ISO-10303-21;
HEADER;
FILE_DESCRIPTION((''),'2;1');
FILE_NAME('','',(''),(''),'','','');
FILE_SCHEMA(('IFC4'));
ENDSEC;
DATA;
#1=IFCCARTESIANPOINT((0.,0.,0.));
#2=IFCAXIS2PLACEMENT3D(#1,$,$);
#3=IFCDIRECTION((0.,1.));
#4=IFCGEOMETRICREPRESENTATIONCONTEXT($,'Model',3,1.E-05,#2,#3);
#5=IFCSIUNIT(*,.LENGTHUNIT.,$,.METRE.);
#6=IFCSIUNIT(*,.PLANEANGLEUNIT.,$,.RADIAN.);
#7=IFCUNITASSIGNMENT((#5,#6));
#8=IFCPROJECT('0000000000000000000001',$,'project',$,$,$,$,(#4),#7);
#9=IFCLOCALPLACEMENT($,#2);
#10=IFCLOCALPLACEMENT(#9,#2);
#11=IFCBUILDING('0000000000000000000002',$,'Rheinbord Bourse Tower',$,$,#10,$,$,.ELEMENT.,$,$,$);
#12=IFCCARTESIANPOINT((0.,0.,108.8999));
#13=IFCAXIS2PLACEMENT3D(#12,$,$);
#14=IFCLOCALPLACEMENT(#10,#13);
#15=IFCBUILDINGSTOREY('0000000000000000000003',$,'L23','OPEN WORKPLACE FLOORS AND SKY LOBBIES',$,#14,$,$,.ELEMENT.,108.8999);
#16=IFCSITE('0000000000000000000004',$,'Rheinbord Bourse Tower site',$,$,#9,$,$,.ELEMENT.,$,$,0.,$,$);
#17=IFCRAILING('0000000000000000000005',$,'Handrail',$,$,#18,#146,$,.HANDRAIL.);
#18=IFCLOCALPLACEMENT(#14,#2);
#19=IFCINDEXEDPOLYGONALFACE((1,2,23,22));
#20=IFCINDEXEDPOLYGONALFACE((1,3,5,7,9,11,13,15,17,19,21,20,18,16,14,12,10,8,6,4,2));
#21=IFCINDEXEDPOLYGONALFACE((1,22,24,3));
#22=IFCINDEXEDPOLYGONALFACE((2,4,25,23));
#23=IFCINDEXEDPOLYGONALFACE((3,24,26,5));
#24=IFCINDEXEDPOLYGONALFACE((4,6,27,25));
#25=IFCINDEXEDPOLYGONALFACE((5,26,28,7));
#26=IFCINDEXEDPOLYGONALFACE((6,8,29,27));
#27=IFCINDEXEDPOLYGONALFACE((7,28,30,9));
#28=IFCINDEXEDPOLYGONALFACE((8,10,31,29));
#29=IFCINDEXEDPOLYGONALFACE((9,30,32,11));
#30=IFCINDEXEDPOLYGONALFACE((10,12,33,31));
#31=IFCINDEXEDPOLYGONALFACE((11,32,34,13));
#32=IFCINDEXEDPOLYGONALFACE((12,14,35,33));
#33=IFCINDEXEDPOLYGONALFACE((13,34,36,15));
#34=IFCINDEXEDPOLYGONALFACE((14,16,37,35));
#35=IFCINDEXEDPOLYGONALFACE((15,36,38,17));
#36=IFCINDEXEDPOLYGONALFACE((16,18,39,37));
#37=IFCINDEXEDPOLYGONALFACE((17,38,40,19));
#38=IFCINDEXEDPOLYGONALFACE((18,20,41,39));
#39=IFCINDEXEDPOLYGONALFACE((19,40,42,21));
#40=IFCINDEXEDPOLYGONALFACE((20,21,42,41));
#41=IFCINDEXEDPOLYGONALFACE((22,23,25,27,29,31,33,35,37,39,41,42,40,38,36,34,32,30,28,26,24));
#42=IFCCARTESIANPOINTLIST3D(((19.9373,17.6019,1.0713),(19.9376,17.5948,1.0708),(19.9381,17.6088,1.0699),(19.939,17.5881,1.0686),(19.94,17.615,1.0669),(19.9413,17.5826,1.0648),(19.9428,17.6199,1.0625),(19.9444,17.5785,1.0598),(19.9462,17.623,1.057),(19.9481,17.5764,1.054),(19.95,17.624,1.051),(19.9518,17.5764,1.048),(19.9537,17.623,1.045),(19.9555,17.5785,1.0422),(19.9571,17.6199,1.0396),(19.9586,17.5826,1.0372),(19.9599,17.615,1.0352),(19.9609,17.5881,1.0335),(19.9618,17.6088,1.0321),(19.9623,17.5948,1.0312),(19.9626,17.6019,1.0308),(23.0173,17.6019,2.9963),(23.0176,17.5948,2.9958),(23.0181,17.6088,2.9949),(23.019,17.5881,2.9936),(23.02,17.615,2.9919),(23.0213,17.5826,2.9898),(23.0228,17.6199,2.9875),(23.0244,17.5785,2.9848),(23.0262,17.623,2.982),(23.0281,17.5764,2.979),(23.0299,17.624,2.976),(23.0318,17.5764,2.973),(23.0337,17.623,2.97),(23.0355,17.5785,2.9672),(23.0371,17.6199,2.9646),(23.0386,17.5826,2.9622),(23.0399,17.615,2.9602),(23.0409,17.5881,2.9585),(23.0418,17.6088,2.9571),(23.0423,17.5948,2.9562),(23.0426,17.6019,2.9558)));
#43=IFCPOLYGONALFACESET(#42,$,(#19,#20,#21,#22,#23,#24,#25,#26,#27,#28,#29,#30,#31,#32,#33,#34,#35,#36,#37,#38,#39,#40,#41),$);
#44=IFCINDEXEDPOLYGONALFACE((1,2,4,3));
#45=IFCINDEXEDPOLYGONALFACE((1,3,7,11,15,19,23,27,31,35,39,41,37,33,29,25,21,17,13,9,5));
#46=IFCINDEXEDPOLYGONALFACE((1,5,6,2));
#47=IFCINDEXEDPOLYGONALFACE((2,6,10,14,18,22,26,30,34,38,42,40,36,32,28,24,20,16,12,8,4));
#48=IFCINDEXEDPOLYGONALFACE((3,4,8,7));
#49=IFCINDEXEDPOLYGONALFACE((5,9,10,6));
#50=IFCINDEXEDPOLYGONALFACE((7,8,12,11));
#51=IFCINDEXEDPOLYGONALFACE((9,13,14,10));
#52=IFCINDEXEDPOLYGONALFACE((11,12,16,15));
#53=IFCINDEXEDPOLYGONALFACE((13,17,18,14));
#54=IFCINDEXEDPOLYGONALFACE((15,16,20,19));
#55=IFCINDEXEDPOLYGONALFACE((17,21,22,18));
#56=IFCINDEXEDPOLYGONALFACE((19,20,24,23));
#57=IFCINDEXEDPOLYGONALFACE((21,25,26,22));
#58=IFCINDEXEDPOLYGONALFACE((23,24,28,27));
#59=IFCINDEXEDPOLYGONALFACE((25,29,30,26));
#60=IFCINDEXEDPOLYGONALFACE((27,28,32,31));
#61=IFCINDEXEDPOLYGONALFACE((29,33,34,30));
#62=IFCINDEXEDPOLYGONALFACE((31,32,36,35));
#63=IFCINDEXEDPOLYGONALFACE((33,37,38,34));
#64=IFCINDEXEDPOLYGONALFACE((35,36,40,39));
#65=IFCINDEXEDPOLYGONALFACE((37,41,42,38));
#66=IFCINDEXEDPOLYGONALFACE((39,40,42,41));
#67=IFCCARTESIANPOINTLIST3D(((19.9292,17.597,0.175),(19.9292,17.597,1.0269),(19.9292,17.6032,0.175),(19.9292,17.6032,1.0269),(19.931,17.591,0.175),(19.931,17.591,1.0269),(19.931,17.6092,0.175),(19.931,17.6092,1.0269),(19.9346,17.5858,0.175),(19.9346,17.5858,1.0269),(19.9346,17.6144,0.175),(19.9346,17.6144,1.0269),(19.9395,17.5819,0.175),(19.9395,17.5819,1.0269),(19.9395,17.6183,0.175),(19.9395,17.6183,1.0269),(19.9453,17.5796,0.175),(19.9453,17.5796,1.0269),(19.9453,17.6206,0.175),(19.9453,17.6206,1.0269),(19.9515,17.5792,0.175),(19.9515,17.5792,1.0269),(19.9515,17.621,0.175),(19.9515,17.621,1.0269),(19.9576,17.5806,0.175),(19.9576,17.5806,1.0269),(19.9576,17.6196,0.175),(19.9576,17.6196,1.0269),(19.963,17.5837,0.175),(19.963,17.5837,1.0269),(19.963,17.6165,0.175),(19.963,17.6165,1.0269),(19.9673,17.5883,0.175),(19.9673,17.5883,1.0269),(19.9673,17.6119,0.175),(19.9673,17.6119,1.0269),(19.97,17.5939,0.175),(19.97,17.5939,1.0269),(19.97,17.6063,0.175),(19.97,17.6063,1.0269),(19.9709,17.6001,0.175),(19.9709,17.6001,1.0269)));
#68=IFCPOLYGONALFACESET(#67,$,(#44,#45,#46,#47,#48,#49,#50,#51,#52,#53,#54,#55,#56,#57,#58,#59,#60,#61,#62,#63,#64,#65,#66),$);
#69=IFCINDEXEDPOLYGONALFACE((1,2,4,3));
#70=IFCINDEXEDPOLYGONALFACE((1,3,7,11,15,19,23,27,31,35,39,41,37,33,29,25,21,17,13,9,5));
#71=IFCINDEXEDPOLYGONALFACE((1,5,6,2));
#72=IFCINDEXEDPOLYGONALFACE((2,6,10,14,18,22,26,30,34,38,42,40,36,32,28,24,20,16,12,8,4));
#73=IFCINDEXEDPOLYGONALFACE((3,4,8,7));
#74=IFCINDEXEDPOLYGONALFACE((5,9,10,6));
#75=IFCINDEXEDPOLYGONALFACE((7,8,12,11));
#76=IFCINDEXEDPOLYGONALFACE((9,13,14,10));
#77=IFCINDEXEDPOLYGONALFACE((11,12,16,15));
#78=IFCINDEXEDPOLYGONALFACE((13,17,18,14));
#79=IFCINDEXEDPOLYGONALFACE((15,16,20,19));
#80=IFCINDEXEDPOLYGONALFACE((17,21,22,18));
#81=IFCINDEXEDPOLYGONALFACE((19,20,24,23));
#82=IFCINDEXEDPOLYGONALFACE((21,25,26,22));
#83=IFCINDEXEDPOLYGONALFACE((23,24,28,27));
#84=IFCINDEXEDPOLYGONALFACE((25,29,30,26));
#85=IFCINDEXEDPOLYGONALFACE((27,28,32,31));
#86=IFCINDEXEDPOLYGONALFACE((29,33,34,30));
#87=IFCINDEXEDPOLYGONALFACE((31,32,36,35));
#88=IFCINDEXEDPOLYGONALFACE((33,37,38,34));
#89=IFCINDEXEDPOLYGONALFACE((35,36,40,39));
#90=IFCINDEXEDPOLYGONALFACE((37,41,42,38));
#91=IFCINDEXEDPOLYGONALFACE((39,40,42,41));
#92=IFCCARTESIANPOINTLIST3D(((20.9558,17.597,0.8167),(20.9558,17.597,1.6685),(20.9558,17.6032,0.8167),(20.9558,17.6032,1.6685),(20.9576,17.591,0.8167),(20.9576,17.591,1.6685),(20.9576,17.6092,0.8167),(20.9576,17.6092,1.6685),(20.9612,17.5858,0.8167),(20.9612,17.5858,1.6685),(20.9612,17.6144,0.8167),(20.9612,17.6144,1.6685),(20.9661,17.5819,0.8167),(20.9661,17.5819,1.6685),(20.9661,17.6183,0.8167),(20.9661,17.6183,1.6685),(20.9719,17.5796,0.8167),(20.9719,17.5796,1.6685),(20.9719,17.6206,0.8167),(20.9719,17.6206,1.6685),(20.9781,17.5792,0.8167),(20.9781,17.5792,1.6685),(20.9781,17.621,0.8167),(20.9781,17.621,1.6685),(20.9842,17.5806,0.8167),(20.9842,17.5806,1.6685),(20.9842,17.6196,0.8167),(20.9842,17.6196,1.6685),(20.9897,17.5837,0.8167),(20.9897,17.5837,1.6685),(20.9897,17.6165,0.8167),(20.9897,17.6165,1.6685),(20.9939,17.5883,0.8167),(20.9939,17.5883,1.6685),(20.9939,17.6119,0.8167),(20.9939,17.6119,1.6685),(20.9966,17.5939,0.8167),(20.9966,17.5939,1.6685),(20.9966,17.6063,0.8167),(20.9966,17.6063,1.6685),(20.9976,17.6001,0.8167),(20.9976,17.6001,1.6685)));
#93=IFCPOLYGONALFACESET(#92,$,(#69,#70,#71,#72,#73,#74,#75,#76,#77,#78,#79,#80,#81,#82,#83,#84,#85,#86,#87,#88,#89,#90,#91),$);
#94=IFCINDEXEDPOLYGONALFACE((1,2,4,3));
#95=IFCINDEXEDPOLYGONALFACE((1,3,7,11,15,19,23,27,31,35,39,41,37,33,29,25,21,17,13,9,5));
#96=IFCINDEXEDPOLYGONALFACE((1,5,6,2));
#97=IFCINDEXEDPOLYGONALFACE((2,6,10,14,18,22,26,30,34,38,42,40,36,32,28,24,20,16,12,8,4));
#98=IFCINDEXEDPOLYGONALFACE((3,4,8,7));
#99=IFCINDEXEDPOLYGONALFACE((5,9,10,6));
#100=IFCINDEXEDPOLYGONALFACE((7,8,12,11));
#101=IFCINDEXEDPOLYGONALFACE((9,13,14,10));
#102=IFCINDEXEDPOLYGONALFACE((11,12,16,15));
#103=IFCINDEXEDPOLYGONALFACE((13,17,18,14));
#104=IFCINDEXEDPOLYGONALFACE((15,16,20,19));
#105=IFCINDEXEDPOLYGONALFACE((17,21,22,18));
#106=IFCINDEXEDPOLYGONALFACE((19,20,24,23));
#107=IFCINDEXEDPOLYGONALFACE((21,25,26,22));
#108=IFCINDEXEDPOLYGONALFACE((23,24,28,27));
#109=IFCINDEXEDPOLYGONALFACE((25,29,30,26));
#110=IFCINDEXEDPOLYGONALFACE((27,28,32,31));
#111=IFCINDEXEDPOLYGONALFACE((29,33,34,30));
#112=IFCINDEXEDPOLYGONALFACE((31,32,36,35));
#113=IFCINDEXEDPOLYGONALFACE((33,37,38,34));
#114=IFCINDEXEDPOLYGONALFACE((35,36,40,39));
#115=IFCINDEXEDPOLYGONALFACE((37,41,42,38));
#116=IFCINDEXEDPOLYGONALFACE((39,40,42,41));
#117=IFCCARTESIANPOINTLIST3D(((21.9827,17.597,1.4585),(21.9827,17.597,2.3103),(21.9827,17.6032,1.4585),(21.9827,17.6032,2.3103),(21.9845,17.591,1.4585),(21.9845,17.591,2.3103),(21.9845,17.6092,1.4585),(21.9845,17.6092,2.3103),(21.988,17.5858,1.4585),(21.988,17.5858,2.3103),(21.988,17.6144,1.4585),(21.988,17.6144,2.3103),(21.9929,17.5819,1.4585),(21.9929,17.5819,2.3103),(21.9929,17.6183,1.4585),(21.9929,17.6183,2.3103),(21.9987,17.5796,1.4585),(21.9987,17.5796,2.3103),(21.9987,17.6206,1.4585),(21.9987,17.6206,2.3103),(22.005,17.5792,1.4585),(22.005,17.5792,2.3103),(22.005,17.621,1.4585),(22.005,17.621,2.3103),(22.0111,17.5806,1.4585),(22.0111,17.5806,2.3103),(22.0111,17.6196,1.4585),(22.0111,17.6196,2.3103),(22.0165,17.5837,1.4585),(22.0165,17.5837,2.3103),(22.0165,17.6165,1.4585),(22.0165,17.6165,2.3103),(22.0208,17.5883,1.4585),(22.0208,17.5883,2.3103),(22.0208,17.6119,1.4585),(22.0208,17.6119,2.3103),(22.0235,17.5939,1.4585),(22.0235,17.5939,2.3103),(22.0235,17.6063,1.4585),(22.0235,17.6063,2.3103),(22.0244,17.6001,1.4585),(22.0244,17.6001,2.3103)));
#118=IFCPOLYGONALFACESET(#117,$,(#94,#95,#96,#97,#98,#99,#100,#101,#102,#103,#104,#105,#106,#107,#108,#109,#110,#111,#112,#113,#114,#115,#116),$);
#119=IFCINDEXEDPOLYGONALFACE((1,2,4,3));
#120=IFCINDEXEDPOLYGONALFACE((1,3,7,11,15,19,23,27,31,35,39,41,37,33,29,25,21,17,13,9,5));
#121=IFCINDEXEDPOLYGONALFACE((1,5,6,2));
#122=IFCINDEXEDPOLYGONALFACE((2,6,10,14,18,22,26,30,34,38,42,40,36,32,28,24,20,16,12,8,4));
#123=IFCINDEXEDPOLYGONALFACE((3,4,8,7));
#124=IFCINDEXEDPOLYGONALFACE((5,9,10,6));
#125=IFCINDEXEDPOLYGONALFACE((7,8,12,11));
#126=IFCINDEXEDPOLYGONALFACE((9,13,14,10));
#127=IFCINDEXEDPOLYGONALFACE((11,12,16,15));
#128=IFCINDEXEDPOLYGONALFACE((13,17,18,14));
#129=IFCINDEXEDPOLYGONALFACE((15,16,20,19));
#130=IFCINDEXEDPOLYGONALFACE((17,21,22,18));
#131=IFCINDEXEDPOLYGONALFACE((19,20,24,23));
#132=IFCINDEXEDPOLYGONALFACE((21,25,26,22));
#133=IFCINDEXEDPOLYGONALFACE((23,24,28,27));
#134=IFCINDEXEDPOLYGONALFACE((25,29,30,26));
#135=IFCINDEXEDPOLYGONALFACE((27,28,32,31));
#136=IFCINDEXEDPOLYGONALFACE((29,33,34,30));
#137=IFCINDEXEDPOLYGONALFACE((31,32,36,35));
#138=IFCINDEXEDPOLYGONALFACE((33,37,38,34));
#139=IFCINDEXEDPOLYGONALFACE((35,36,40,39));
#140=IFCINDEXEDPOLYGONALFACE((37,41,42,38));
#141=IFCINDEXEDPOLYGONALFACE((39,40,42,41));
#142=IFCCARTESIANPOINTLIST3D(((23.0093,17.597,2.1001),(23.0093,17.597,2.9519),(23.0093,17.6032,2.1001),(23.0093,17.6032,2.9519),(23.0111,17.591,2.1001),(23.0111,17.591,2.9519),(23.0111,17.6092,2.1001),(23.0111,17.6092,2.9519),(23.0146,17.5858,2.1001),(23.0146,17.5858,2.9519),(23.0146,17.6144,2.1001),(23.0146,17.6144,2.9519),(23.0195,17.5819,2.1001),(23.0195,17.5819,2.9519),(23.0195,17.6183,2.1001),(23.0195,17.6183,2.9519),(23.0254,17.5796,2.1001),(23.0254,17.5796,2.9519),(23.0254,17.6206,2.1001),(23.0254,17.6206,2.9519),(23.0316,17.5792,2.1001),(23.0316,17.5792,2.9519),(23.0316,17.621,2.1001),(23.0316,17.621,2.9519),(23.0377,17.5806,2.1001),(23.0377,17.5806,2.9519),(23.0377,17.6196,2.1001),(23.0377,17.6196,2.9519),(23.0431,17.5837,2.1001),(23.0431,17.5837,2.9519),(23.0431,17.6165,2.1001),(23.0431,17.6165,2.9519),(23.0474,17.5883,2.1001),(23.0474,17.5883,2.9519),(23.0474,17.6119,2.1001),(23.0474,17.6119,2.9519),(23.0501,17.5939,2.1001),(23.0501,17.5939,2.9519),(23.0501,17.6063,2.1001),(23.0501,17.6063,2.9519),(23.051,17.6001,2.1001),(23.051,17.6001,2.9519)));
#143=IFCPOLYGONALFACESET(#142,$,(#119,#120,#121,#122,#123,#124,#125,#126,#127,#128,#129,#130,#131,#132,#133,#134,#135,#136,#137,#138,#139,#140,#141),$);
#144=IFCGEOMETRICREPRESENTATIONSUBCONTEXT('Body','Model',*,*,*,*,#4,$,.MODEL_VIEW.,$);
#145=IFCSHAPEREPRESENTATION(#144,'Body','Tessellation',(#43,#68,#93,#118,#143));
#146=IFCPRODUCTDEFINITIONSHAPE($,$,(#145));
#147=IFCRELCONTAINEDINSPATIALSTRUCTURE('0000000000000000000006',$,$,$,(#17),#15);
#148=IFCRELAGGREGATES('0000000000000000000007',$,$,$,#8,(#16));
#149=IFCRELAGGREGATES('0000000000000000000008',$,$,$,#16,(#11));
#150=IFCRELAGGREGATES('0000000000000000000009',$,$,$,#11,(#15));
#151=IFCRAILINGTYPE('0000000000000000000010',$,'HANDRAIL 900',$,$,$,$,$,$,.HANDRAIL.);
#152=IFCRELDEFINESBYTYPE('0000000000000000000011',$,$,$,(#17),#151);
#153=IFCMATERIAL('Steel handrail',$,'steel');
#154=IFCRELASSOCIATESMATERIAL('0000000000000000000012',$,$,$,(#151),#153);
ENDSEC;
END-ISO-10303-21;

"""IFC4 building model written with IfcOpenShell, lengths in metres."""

from ifc_helpers import new_model, si_unit, direction, frame, origin, origin_2d, place, context, subcontext, project, spatial, circle, extrude, material, type_object, element, save


model = new_model("IFC4")

# Units and contexts
model_context = context("Model", 3, precision=1e-05, world=origin(), true_north=direction((0.0, 1.0)))
body_context = subcontext(model_context, "Body", "Model", "MODEL_VIEW")
ifc_project = project(units=[si_unit("LENGTHUNIT", "METRE"), si_unit("PLANEANGLEUNIT", "RADIAN")], contexts=[model_context])

# Site, building, storey
site_placement = place(None, origin())
site = spatial("IfcSite", under=ifc_project, at=site_placement, Name="Rheinbord Bourse Tower site", CompositionType="ELEMENT", RefElevation=0.0)
building_placement = place(site_placement, origin())
building = spatial("IfcBuilding", under=site, at=building_placement, Name="Rheinbord Bourse Tower", CompositionType="ELEMENT")
storey_placement = place(building_placement, frame((0.0, 0.0, 108.8999)))
storey = spatial("IfcBuildingStorey", under=building, at=storey_placement, Name="L23", Description="OPEN WORKPLACE FLOORS AND SKY LOBBIES", CompositionType="ELEMENT", Elevation=108.8999)

# Railing
ifc_material_1 = material(Name="Steel handrail", Category="steel")
railing_type = type_object("IfcRailingType", Name="HANDRAIL 900", PredefinedType="HANDRAIL", material=ifc_material_1)
railing_1_placement = place(storey_placement, frame((19.95, 17.6001, 0.175)))
element("IfcRailing", 1, at=railing_1_placement, inside=storey, type_object=railing_type, Name="Handrail", PredefinedType="HANDRAIL", context=body_context, shape_type="SweptSolid", body=[
    extrude(circle(Radius=0.0239, at=origin_2d()), frame((0.0, 0.0, 0.876), z_axis=(0.847998, 0.0, 0.529999), x_axis=(0.0, 1.0, 0.0)), (0.0, 0.0, 1.0), 3.6321),
    extrude(circle(Radius=0.021, at=origin_2d()), origin(), (0.0, 0.0, 1.0), 0.8518),
    extrude(circle(Radius=0.021, at=origin_2d()), frame((1.0266, 0.0, 0.6416)), (0.0, 0.0, 1.0), 0.8518),
    extrude(circle(Radius=0.021, at=origin_2d()), frame((2.0535, 0.0, 1.2834)), (0.0, 0.0, 1.0), 0.8518),
    extrude(circle(Radius=0.021, at=origin_2d()), frame((3.0801, 0.0, 1.925)), (0.0, 0.0, 1.0), 0.8518),
])

save(model, "model.ifc")
